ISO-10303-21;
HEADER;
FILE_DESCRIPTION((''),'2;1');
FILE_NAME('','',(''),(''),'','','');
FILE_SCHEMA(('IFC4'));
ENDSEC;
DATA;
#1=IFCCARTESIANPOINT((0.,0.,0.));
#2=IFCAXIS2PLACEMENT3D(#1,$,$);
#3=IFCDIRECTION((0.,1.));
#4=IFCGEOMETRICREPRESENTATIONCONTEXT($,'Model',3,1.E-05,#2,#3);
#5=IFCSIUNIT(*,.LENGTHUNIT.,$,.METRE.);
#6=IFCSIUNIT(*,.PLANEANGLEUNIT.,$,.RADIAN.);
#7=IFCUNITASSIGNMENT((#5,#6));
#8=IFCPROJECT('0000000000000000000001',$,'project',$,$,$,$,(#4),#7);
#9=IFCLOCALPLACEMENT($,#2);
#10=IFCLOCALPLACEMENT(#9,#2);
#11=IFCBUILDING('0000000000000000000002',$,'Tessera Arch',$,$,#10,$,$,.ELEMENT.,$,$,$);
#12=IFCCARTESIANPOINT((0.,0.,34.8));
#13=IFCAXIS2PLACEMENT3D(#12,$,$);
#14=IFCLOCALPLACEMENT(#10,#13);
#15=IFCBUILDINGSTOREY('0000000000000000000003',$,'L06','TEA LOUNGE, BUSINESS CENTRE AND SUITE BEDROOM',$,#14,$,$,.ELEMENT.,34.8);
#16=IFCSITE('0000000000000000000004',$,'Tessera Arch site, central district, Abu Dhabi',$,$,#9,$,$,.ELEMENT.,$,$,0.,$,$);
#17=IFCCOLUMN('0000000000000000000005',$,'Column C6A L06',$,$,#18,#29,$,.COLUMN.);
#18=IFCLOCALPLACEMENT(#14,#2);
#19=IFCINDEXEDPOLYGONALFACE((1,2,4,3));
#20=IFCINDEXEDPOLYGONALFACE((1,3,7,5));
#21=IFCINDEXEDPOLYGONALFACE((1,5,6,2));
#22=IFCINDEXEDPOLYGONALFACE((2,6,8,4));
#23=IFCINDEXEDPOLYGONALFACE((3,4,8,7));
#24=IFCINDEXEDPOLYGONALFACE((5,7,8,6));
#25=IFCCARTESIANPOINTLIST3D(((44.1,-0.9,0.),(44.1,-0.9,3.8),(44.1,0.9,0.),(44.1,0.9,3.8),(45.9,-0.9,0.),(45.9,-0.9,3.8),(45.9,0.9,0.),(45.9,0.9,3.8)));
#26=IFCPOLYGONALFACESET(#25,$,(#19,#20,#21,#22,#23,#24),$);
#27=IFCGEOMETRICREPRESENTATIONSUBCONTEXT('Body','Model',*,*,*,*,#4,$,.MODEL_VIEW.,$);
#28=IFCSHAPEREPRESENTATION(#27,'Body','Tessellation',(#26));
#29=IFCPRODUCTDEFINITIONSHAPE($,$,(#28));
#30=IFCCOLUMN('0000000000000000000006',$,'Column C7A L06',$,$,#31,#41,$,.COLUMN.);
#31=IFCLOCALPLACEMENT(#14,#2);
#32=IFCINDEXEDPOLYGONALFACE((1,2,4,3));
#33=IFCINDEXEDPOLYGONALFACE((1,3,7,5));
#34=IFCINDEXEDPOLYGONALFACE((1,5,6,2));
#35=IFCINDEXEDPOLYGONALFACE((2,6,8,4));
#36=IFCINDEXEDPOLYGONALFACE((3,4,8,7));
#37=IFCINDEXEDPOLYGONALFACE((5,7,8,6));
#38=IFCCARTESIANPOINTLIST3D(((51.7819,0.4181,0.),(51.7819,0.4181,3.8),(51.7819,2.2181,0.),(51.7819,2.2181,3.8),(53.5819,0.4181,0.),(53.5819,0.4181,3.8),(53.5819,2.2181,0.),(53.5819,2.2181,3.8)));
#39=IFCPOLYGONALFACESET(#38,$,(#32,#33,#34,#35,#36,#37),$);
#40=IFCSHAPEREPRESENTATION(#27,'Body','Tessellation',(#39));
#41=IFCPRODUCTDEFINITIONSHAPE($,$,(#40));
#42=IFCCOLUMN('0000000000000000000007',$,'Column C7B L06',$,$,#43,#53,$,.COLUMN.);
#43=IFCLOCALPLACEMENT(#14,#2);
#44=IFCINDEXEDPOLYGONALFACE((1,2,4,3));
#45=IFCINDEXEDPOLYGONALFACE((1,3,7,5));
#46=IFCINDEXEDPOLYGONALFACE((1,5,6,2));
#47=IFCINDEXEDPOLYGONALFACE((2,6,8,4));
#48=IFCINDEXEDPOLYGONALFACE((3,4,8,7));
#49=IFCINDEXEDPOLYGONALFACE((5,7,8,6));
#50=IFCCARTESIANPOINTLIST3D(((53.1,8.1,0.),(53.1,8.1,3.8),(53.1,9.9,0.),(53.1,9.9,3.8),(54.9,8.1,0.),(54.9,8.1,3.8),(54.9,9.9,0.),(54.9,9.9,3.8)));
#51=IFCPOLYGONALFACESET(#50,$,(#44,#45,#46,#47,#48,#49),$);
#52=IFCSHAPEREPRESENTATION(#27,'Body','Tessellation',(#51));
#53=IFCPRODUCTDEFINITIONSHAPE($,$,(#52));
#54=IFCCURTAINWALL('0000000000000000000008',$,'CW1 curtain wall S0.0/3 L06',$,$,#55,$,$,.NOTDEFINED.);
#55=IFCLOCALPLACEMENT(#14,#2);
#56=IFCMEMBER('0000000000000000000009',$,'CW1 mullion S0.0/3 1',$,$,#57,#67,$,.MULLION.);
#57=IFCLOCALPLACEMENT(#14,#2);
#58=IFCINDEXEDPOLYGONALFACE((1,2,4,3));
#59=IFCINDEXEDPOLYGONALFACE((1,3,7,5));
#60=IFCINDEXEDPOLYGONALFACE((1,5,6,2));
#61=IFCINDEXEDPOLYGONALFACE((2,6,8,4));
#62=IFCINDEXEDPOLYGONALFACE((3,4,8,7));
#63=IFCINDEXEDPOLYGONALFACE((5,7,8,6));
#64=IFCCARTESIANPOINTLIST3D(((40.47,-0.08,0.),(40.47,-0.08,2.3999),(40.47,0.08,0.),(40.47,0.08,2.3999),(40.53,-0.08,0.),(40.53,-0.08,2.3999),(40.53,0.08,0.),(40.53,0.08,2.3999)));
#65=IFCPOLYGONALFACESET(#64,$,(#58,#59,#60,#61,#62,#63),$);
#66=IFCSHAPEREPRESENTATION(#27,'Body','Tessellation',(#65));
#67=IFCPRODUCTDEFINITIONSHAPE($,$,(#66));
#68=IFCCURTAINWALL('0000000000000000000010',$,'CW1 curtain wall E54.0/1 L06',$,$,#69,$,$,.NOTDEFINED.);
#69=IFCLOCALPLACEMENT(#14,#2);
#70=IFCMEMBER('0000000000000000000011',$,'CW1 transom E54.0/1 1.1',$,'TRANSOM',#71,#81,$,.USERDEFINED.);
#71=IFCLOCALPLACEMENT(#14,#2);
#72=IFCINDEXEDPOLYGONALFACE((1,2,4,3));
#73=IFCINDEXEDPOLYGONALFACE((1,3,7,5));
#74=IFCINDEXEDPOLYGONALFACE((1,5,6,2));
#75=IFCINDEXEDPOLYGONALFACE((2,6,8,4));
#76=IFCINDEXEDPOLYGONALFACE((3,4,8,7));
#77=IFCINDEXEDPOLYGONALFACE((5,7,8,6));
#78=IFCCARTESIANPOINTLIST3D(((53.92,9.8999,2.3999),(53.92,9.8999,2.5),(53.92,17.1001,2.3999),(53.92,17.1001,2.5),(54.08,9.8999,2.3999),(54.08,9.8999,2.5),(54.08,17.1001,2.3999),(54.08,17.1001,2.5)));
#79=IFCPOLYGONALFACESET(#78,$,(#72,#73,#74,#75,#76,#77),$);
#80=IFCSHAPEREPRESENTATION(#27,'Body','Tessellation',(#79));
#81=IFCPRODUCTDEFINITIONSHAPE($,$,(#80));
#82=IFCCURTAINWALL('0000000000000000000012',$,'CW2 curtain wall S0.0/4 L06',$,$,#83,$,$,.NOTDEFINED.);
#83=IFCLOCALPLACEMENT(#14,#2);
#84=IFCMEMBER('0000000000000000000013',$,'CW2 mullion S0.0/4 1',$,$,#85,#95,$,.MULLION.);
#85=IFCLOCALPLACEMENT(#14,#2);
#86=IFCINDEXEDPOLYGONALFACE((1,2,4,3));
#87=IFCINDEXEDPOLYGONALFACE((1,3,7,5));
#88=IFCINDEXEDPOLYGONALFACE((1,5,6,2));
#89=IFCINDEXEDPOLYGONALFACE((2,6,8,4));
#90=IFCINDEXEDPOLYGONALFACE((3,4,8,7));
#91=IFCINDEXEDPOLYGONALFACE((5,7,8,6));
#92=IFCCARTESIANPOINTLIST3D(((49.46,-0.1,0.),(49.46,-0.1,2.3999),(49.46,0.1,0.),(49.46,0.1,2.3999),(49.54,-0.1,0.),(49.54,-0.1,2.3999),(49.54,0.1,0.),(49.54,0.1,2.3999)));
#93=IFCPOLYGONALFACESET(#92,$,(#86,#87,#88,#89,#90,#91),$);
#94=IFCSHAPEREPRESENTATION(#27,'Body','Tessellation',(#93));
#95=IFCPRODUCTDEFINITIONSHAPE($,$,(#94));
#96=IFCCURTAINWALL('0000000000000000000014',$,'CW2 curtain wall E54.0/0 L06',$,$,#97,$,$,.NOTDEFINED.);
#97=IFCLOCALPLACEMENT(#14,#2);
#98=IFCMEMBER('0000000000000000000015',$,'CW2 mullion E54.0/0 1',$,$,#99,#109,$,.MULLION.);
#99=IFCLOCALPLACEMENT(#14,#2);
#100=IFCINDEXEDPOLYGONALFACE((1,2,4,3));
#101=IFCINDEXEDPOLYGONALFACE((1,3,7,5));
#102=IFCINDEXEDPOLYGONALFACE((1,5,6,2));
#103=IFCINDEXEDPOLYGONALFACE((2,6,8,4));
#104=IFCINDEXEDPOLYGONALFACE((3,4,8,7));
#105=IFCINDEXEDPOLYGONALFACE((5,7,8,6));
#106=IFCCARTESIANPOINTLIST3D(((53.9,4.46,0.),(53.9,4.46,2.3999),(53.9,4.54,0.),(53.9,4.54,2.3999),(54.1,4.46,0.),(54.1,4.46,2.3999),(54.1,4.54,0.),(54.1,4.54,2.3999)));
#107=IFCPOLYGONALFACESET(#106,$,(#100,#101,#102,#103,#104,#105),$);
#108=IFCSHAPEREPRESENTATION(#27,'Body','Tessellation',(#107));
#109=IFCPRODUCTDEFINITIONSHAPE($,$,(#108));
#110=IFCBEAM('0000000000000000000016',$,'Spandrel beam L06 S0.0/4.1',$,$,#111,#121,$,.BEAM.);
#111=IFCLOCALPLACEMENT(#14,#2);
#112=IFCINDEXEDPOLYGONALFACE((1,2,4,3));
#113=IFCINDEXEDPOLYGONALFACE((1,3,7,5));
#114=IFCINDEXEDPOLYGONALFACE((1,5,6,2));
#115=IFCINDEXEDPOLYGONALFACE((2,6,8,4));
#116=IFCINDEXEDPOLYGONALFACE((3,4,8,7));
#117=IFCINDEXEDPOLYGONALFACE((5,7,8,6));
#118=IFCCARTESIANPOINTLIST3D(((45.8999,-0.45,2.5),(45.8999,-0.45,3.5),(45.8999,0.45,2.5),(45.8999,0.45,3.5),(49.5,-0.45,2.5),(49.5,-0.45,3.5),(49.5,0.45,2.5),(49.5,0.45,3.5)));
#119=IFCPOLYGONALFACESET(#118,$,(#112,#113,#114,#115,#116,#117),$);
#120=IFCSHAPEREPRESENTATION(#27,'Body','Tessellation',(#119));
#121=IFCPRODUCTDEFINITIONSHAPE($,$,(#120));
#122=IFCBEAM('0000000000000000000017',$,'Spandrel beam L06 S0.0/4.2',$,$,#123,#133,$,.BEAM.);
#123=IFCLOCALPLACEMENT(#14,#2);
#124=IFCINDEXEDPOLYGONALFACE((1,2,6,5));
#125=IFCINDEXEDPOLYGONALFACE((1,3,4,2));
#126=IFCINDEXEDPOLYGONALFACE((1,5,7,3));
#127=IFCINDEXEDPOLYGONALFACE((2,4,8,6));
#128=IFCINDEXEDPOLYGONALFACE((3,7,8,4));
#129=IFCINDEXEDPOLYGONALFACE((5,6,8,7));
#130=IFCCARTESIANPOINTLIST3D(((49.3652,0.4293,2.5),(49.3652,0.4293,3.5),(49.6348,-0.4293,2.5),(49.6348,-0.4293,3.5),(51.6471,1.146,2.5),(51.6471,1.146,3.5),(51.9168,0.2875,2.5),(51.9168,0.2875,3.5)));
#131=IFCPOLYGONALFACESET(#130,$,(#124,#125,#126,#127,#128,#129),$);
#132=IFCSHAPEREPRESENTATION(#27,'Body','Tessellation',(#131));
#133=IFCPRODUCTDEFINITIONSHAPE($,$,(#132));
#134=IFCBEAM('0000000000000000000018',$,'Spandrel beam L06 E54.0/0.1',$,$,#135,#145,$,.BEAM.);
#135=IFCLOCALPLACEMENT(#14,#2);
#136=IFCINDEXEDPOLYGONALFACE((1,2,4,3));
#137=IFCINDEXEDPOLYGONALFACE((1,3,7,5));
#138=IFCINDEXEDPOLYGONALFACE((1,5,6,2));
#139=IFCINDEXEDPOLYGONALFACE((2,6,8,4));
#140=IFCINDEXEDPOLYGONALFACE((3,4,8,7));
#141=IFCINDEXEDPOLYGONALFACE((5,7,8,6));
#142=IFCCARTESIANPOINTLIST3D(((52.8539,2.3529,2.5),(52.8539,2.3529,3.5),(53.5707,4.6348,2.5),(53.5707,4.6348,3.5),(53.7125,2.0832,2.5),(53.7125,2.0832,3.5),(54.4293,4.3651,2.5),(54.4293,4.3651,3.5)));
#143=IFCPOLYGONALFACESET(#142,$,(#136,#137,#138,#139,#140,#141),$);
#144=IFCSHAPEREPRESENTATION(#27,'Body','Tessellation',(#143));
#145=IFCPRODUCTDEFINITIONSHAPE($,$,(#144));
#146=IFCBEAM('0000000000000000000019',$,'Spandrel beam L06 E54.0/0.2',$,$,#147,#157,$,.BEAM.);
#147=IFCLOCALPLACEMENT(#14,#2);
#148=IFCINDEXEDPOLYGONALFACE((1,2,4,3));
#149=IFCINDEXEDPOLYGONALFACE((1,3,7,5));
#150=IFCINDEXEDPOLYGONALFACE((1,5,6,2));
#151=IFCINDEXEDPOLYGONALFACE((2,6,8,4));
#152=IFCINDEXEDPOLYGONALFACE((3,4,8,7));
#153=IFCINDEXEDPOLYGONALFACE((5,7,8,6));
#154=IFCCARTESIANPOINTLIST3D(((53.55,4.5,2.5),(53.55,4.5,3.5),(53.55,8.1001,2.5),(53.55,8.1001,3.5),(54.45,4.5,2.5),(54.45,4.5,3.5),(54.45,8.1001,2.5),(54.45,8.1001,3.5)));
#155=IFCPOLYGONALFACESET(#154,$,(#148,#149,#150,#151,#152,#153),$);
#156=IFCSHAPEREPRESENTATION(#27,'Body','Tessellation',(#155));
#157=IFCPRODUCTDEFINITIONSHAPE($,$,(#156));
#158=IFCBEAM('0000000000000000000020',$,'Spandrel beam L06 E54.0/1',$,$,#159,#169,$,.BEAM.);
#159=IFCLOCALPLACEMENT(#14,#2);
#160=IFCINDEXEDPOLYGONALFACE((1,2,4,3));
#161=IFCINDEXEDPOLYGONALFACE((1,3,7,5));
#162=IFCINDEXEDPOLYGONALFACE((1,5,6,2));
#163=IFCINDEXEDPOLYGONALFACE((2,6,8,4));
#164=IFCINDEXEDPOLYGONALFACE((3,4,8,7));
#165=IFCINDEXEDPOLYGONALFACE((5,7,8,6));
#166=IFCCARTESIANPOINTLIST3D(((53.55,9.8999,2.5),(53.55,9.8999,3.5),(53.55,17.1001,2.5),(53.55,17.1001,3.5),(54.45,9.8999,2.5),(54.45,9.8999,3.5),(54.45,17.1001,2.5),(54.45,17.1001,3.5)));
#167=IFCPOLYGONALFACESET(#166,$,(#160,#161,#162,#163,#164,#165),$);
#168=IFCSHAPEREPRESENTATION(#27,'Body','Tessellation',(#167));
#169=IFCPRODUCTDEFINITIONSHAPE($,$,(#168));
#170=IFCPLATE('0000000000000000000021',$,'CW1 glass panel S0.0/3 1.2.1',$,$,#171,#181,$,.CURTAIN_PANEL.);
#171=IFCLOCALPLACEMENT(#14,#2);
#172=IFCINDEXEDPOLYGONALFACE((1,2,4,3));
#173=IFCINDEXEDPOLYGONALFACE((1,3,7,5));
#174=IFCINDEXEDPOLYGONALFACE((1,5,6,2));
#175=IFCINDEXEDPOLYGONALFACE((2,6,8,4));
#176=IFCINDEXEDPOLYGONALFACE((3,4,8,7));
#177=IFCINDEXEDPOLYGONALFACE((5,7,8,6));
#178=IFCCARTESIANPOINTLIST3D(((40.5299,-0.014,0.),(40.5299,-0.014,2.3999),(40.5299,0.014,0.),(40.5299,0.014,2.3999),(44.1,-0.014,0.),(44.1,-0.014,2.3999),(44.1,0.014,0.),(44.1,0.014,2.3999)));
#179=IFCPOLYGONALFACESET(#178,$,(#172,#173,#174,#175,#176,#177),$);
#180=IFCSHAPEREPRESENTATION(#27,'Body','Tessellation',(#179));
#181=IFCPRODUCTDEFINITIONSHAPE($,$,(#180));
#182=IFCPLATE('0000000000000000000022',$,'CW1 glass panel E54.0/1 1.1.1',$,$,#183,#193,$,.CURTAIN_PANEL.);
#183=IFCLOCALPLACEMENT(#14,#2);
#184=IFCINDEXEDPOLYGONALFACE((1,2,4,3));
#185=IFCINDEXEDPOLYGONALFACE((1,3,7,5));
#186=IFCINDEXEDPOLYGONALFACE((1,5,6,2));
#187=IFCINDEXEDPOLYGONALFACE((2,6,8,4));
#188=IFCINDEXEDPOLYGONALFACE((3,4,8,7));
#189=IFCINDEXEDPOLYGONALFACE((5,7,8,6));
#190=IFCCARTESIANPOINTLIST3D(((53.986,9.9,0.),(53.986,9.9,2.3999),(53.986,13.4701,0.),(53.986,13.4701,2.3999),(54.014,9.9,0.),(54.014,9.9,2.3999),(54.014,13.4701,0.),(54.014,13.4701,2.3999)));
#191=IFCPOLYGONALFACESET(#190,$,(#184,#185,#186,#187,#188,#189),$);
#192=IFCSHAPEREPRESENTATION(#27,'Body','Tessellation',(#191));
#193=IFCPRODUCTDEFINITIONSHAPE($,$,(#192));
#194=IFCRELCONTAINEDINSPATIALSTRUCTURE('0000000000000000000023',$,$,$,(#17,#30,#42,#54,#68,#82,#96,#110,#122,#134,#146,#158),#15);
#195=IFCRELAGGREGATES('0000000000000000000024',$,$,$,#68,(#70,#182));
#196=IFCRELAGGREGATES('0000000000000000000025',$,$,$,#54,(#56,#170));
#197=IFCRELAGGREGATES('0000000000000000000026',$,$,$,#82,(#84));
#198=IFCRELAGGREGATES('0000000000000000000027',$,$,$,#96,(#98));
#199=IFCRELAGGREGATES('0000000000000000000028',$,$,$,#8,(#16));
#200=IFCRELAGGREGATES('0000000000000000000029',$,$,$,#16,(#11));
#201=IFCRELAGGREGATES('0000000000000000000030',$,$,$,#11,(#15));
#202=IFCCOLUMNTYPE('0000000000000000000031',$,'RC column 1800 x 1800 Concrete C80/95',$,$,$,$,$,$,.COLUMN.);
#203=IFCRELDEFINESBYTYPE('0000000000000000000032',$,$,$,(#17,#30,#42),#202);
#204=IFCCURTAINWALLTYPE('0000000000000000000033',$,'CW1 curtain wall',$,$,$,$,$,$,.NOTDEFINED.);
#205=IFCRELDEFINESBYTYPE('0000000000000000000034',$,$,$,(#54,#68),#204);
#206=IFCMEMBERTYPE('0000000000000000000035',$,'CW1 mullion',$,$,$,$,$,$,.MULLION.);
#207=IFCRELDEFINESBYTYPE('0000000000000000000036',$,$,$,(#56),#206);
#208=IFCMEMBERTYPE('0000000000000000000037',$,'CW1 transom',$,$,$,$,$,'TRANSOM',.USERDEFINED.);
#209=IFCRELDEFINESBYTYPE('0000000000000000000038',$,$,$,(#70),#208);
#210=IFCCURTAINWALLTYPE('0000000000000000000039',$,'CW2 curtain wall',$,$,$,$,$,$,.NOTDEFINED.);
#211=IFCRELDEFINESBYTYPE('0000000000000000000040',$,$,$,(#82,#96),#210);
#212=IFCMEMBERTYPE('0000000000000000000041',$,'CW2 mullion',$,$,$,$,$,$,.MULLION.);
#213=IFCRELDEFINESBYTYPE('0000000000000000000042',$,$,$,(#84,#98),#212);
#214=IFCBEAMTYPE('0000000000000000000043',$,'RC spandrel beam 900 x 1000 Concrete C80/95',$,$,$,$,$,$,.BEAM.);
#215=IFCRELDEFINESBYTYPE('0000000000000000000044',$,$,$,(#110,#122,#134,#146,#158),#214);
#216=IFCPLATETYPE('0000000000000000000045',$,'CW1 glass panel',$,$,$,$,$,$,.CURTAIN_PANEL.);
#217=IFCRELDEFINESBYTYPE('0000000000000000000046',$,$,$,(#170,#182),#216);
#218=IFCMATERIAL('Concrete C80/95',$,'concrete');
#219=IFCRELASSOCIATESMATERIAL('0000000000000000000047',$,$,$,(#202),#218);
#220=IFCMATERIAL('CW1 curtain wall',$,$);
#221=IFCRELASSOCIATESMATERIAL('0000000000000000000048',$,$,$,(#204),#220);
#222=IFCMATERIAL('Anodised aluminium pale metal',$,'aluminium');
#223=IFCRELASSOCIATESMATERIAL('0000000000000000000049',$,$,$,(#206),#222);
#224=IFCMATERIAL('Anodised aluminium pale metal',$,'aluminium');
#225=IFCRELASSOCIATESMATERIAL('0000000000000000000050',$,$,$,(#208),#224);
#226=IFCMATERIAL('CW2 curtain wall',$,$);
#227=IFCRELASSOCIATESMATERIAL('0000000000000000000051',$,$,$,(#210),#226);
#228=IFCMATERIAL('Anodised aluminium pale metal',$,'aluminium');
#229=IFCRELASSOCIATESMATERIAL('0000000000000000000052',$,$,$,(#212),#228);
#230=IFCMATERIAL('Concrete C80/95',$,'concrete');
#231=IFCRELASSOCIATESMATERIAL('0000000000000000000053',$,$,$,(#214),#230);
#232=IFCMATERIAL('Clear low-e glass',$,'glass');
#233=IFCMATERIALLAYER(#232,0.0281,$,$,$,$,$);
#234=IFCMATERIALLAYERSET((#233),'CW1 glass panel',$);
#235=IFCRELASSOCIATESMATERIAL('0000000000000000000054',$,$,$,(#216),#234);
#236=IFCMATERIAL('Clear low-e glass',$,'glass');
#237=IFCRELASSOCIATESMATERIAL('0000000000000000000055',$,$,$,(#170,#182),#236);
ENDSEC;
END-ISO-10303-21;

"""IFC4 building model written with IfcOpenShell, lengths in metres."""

from ifc_helpers import new_model, si_unit, direction, frame, origin, origin_2d, place, context, subcontext, project, spatial, rectangle, extrude, material, layer, layer_set, material_profile, profile_set, type_object, element, aggregate, save


model = new_model("IFC4")

# Units and contexts
model_context = context("Model", 3, precision=1e-05, world=origin(), true_north=direction((0.0, 1.0)))
body_context = subcontext(model_context, "Body", "Model", "MODEL_VIEW")
ifc_project = project(units=[si_unit("LENGTHUNIT", "METRE"), si_unit("PLANEANGLEUNIT", "RADIAN")], contexts=[model_context])

# Site, building, storey
site_placement = place(None, origin())
site = spatial("IfcSite", under=ifc_project, at=site_placement, Name="Tessera Arch site, central district, Abu Dhabi", CompositionType="ELEMENT", RefElevation=0.0)
building_placement = place(site_placement, origin())
building = spatial("IfcBuilding", under=site, at=building_placement, Name="Tessera Arch", CompositionType="ELEMENT")
storey_placement = place(building_placement, frame((0.0, 0.0, 34.8)))
storey = spatial("IfcBuildingStorey", under=building, at=storey_placement, Name="L06", Description="TEA LOUNGE, BUSINESS CENTRE AND SUITE BEDROOM", CompositionType="ELEMENT", Elevation=34.8)

# Columns
ifc_material_1 = material(Name="Concrete C80/95", Category="concrete")
ifc_material_profile_1 = material_profile(ifc_material_1, rectangle(XDim=1.8, YDim=1.8, at=origin_2d()), Name="RC column 1800 x 1800 Concrete C80/95")
ifc_profile_set_1 = profile_set([ifc_material_profile_1], Name="Concrete C80/95")
column_type = type_object("IfcColumnType", Name="RC column 1800 x 1800 Concrete C80/95", PredefinedType="COLUMN", material=ifc_profile_set_1)
for number, where, z_axis, x_axis, name in (
    (1, (45.0, 0.0, 0.0), (0.0, 0.0, 1.0), (1.0, 0.0, 0.0), "Column C6A L06"),
    (2, (52.6819, 1.3181, 0.0), (0.0, 0.0, 1.0), (1.0, 0.0, 0.0), "Column C7A L06"),
    (3, (54.0, 9.0, 0.0), (0.0, 0.0, 1.0), (1.0, 0.0, 0.0), "Column C7B L06"),
):
    element("IfcColumn", number, at=place(storey_placement, frame(where, z_axis=z_axis, x_axis=x_axis)), inside=storey, type_object=column_type, Name=name, PredefinedType="COLUMN", context=body_context, shape_type="SweptSolid", body=[
        extrude(rectangle(XDim=1.8, YDim=1.8, at=origin_2d()), origin(), (0.0, 0.0, 1.0), 3.8),
    ])

# Curtain walls, members
ifc_material_2 = material(Name="CW1 curtain wall")
curtain_wall_type_1 = type_object("IfcCurtainWallType", Name="CW1 curtain wall", PredefinedType="NOTDEFINED", material=ifc_material_2)
curtain_wall_1_placement = place(storey_placement, origin())
curtain_wall_1 = element("IfcCurtainWall", 4, at=curtain_wall_1_placement, inside=storey, type_object=curtain_wall_type_1, Name="CW1 curtain wall S0.0/3 L06", PredefinedType="NOTDEFINED")
ifc_material_3 = material(Name="Anodised aluminium pale metal", Category="aluminium")
ifc_material_profile_2 = material_profile(ifc_material_3, rectangle(XDim=0.1599, YDim=0.0601, at=origin_2d()), Name="AL 60x160")
ifc_profile_set_2 = profile_set([ifc_material_profile_2], Name="Anodised aluminium pale metal")
member_type_1 = type_object("IfcMemberType", Name="CW1 mullion", PredefinedType="MULLION", material=ifc_profile_set_2)
member_1_placement = place(storey_placement, frame((40.5, 0.0, 0.0), z_axis=(0.0, 0.0, 1.0), x_axis=(0.0, 1.0, 0.0)))
member_1 = element("IfcMember", 5, at=member_1_placement, type_object=member_type_1, Name="CW1 mullion S0.0/3 1", PredefinedType="MULLION", context=body_context, shape_type="SweptSolid", body=[
    extrude(rectangle(XDim=0.1599, YDim=0.0601, at=origin_2d()), origin(), (0.0, 0.0, 1.0), 2.3999),
])
curtain_wall_2_placement = place(storey_placement, origin())
curtain_wall_2 = element("IfcCurtainWall", 6, at=curtain_wall_2_placement, inside=storey, type_object=curtain_wall_type_1, Name="CW1 curtain wall E54.0/1 L06", PredefinedType="NOTDEFINED")
ifc_material_4 = material(Name="Anodised aluminium pale metal", Category="aluminium")
ifc_material_profile_3 = material_profile(ifc_material_4, rectangle(XDim=0.1599, YDim=0.1001, at=origin_2d()), Name="AL 160x100")
ifc_profile_set_3 = profile_set([ifc_material_profile_3], Name="Anodised aluminium pale metal")
member_type_2 = type_object("IfcMemberType", Name="CW1 transom", ElementType="TRANSOM", PredefinedType="USERDEFINED", material=ifc_profile_set_3)
member_2_placement = place(storey_placement, frame((54.0, 9.8999, 2.45), z_axis=(0.0, 1.0, 0.0), x_axis=(-1.0, 0.0, 0.0)))
member_2 = element("IfcMember", 7, at=member_2_placement, type_object=member_type_2, Name="CW1 transom E54.0/1 1.1", ObjectType="TRANSOM", PredefinedType="USERDEFINED", context=body_context, shape_type="SweptSolid", body=[
    extrude(rectangle(XDim=0.1599, YDim=0.1001, at=origin_2d()), origin(), (0.0, 0.0, 1.0), 7.2002),
])
ifc_material_5 = material(Name="CW2 curtain wall")
curtain_wall_type_2 = type_object("IfcCurtainWallType", Name="CW2 curtain wall", PredefinedType="NOTDEFINED", material=ifc_material_5)
curtain_wall_3_placement = place(storey_placement, origin())
curtain_wall_3 = element("IfcCurtainWall", 8, at=curtain_wall_3_placement, inside=storey, type_object=curtain_wall_type_2, Name="CW2 curtain wall S0.0/4 L06", PredefinedType="NOTDEFINED")
ifc_material_6 = material(Name="Anodised aluminium pale metal", Category="aluminium")
ifc_material_profile_4 = material_profile(ifc_material_6, rectangle(XDim=0.2, YDim=0.0801, at=origin_2d()), Name="AL 80x200")
ifc_profile_set_4 = profile_set([ifc_material_profile_4], Name="Anodised aluminium pale metal")
member_type_3 = type_object("IfcMemberType", Name="CW2 mullion", PredefinedType="MULLION", material=ifc_profile_set_4)
member_3_placement = place(storey_placement, frame((49.5, 0.0, 0.0), z_axis=(0.0, 0.0, 1.0), x_axis=(0.0, 1.0, 0.0)))
member_3 = element("IfcMember", 9, at=member_3_placement, type_object=member_type_3, Name="CW2 mullion S0.0/4 1", PredefinedType="MULLION", context=body_context, shape_type="SweptSolid", body=[
    extrude(rectangle(XDim=0.2, YDim=0.0801, at=origin_2d()), origin(), (0.0, 0.0, 1.0), 2.3999),
])
curtain_wall_4_placement = place(storey_placement, origin())
curtain_wall_4 = element("IfcCurtainWall", 10, at=curtain_wall_4_placement, inside=storey, type_object=curtain_wall_type_2, Name="CW2 curtain wall E54.0/0 L06", PredefinedType="NOTDEFINED")
member_4_placement = place(storey_placement, frame((54.0, 4.5, 0.0), z_axis=(0.0, 0.0, 1.0), x_axis=(-1.0, 0.0, 0.0)))
member_4 = element("IfcMember", 11, at=member_4_placement, type_object=member_type_3, Name="CW2 mullion E54.0/0 1", PredefinedType="MULLION", context=body_context, shape_type="SweptSolid", body=[
    extrude(rectangle(XDim=0.2, YDim=0.0801, at=origin_2d()), origin(), (0.0, 0.0, 1.0), 2.3999),
])

# Beams
ifc_material_7 = material(Name="Concrete C80/95", Category="concrete")
ifc_material_profile_5 = material_profile(ifc_material_7, rectangle(XDim=0.8999, YDim=1.0, at=origin_2d()), Name="RC spandrel beam 900 x 1000 Concrete C80/95")
ifc_profile_set_5 = profile_set([ifc_material_profile_5], Name="Concrete C80/95")
beam_type = type_object("IfcBeamType", Name="RC spandrel beam 900 x 1000 Concrete C80/95", PredefinedType="BEAM", material=ifc_profile_set_5)
beam_1_placement = place(storey_placement, frame((45.8999, 0.0, 3.0), z_axis=(1.0, 0.0, 0.0), x_axis=(0.0, 1.0, 0.0)))
element("IfcBeam", 12, at=beam_1_placement, inside=storey, type_object=beam_type, Name="Spandrel beam L06 S0.0/4.1", PredefinedType="BEAM", context=body_context, shape_type="SweptSolid", body=[
    extrude(rectangle(XDim=0.8999, YDim=1.0, at=origin_2d()), origin(), (0.0, 0.0, 1.0), 3.6001),
])
for number, where, z_axis, x_axis, name in (
    (13, (49.5, 0.0, 3.0), (0.954041, 0.299675, 0.0), (-0.299675, 0.954041, 0.0), "Spandrel beam L06 S0.0/4.2"),
    (14, (53.2832, 2.218, 3.0), (0.299675, 0.954041, 0.0), (-0.954041, 0.299675, 0.0), "Spandrel beam L06 E54.0/0.1"),
):
    element("IfcBeam", number, at=place(storey_placement, frame(where, z_axis=z_axis, x_axis=x_axis)), inside=storey, type_object=beam_type, Name=name, PredefinedType="BEAM", context=body_context, shape_type="SweptSolid", body=[
        extrude(rectangle(XDim=0.8999, YDim=1.0, at=origin_2d()), origin(), (0.0, 0.0, 1.0), 2.3918),
    ])
beam_2_placement = place(storey_placement, frame((54.0, 4.5, 3.0), z_axis=(0.0, 1.0, 0.0), x_axis=(-1.0, 0.0, 0.0)))
element("IfcBeam", 15, at=beam_2_placement, inside=storey, type_object=beam_type, Name="Spandrel beam L06 E54.0/0.2", PredefinedType="BEAM", context=body_context, shape_type="SweptSolid", body=[
    extrude(rectangle(XDim=0.8999, YDim=1.0, at=origin_2d()), origin(), (0.0, 0.0, 1.0), 3.6001),
])
beam_3_placement = place(storey_placement, frame((54.0, 9.8999, 3.0), z_axis=(0.0, 1.0, 0.0), x_axis=(-1.0, 0.0, 0.0)))
element("IfcBeam", 16, at=beam_3_placement, inside=storey, type_object=beam_type, Name="Spandrel beam L06 E54.0/1", PredefinedType="BEAM", context=body_context, shape_type="SweptSolid", body=[
    extrude(rectangle(XDim=0.8999, YDim=1.0, at=origin_2d()), origin(), (0.0, 0.0, 1.0), 7.2002),
])

# Plates
ifc_material_8 = material(Name="Clear low-e glass", Category="glass")
ifc_material_9 = material(Name="Clear low-e glass", Category="glass")
ifc_layer_1 = layer(ifc_material_9, 0.0281)
ifc_layer_set_1 = layer_set([ifc_layer_1], Name="CW1 glass panel")
plate_type_1 = type_object("IfcPlateType", Name="CW1 glass panel", PredefinedType="CURTAIN_PANEL", material=ifc_layer_set_1)
plate_1_placement = place(storey_placement, frame((42.3149, 0.0, 0.0), z_axis=(0.0, 0.0, 1.0), x_axis=(1.0, 0.0, 0.0)))
plate_1 = element("IfcPlate", 17, at=plate_1_placement, type_object=plate_type_1, material=ifc_material_8, Name="CW1 glass panel S0.0/3 1.2.1", PredefinedType="CURTAIN_PANEL", context=body_context, shape_type="SweptSolid", body=[
    extrude(rectangle(XDim=3.5701, YDim=0.0281, at=origin_2d()), origin(), (0.0, 0.0, 1.0), 2.3999),
])
plate_2_placement = place(storey_placement, frame((54.0, 11.6851, 0.0), z_axis=(0.0, 0.0, 1.0), x_axis=(0.0, 1.0, 0.0)))
plate_2 = element("IfcPlate", 18, at=plate_2_placement, type_object=plate_type_1, material=ifc_material_8, Name="CW1 glass panel E54.0/1 1.1.1", PredefinedType="CURTAIN_PANEL", context=body_context, shape_type="SweptSolid", body=[
    extrude(rectangle(XDim=3.5701, YDim=0.0281, at=origin_2d()), origin(), (0.0, 0.0, 1.0), 2.3999),
])
aggregate(curtain_wall_2, [member_2, plate_2])
aggregate(curtain_wall_1, [member_1, plate_1])
aggregate(curtain_wall_3, [member_3])
aggregate(curtain_wall_4, [member_4])

save(model, "model.ifc")
